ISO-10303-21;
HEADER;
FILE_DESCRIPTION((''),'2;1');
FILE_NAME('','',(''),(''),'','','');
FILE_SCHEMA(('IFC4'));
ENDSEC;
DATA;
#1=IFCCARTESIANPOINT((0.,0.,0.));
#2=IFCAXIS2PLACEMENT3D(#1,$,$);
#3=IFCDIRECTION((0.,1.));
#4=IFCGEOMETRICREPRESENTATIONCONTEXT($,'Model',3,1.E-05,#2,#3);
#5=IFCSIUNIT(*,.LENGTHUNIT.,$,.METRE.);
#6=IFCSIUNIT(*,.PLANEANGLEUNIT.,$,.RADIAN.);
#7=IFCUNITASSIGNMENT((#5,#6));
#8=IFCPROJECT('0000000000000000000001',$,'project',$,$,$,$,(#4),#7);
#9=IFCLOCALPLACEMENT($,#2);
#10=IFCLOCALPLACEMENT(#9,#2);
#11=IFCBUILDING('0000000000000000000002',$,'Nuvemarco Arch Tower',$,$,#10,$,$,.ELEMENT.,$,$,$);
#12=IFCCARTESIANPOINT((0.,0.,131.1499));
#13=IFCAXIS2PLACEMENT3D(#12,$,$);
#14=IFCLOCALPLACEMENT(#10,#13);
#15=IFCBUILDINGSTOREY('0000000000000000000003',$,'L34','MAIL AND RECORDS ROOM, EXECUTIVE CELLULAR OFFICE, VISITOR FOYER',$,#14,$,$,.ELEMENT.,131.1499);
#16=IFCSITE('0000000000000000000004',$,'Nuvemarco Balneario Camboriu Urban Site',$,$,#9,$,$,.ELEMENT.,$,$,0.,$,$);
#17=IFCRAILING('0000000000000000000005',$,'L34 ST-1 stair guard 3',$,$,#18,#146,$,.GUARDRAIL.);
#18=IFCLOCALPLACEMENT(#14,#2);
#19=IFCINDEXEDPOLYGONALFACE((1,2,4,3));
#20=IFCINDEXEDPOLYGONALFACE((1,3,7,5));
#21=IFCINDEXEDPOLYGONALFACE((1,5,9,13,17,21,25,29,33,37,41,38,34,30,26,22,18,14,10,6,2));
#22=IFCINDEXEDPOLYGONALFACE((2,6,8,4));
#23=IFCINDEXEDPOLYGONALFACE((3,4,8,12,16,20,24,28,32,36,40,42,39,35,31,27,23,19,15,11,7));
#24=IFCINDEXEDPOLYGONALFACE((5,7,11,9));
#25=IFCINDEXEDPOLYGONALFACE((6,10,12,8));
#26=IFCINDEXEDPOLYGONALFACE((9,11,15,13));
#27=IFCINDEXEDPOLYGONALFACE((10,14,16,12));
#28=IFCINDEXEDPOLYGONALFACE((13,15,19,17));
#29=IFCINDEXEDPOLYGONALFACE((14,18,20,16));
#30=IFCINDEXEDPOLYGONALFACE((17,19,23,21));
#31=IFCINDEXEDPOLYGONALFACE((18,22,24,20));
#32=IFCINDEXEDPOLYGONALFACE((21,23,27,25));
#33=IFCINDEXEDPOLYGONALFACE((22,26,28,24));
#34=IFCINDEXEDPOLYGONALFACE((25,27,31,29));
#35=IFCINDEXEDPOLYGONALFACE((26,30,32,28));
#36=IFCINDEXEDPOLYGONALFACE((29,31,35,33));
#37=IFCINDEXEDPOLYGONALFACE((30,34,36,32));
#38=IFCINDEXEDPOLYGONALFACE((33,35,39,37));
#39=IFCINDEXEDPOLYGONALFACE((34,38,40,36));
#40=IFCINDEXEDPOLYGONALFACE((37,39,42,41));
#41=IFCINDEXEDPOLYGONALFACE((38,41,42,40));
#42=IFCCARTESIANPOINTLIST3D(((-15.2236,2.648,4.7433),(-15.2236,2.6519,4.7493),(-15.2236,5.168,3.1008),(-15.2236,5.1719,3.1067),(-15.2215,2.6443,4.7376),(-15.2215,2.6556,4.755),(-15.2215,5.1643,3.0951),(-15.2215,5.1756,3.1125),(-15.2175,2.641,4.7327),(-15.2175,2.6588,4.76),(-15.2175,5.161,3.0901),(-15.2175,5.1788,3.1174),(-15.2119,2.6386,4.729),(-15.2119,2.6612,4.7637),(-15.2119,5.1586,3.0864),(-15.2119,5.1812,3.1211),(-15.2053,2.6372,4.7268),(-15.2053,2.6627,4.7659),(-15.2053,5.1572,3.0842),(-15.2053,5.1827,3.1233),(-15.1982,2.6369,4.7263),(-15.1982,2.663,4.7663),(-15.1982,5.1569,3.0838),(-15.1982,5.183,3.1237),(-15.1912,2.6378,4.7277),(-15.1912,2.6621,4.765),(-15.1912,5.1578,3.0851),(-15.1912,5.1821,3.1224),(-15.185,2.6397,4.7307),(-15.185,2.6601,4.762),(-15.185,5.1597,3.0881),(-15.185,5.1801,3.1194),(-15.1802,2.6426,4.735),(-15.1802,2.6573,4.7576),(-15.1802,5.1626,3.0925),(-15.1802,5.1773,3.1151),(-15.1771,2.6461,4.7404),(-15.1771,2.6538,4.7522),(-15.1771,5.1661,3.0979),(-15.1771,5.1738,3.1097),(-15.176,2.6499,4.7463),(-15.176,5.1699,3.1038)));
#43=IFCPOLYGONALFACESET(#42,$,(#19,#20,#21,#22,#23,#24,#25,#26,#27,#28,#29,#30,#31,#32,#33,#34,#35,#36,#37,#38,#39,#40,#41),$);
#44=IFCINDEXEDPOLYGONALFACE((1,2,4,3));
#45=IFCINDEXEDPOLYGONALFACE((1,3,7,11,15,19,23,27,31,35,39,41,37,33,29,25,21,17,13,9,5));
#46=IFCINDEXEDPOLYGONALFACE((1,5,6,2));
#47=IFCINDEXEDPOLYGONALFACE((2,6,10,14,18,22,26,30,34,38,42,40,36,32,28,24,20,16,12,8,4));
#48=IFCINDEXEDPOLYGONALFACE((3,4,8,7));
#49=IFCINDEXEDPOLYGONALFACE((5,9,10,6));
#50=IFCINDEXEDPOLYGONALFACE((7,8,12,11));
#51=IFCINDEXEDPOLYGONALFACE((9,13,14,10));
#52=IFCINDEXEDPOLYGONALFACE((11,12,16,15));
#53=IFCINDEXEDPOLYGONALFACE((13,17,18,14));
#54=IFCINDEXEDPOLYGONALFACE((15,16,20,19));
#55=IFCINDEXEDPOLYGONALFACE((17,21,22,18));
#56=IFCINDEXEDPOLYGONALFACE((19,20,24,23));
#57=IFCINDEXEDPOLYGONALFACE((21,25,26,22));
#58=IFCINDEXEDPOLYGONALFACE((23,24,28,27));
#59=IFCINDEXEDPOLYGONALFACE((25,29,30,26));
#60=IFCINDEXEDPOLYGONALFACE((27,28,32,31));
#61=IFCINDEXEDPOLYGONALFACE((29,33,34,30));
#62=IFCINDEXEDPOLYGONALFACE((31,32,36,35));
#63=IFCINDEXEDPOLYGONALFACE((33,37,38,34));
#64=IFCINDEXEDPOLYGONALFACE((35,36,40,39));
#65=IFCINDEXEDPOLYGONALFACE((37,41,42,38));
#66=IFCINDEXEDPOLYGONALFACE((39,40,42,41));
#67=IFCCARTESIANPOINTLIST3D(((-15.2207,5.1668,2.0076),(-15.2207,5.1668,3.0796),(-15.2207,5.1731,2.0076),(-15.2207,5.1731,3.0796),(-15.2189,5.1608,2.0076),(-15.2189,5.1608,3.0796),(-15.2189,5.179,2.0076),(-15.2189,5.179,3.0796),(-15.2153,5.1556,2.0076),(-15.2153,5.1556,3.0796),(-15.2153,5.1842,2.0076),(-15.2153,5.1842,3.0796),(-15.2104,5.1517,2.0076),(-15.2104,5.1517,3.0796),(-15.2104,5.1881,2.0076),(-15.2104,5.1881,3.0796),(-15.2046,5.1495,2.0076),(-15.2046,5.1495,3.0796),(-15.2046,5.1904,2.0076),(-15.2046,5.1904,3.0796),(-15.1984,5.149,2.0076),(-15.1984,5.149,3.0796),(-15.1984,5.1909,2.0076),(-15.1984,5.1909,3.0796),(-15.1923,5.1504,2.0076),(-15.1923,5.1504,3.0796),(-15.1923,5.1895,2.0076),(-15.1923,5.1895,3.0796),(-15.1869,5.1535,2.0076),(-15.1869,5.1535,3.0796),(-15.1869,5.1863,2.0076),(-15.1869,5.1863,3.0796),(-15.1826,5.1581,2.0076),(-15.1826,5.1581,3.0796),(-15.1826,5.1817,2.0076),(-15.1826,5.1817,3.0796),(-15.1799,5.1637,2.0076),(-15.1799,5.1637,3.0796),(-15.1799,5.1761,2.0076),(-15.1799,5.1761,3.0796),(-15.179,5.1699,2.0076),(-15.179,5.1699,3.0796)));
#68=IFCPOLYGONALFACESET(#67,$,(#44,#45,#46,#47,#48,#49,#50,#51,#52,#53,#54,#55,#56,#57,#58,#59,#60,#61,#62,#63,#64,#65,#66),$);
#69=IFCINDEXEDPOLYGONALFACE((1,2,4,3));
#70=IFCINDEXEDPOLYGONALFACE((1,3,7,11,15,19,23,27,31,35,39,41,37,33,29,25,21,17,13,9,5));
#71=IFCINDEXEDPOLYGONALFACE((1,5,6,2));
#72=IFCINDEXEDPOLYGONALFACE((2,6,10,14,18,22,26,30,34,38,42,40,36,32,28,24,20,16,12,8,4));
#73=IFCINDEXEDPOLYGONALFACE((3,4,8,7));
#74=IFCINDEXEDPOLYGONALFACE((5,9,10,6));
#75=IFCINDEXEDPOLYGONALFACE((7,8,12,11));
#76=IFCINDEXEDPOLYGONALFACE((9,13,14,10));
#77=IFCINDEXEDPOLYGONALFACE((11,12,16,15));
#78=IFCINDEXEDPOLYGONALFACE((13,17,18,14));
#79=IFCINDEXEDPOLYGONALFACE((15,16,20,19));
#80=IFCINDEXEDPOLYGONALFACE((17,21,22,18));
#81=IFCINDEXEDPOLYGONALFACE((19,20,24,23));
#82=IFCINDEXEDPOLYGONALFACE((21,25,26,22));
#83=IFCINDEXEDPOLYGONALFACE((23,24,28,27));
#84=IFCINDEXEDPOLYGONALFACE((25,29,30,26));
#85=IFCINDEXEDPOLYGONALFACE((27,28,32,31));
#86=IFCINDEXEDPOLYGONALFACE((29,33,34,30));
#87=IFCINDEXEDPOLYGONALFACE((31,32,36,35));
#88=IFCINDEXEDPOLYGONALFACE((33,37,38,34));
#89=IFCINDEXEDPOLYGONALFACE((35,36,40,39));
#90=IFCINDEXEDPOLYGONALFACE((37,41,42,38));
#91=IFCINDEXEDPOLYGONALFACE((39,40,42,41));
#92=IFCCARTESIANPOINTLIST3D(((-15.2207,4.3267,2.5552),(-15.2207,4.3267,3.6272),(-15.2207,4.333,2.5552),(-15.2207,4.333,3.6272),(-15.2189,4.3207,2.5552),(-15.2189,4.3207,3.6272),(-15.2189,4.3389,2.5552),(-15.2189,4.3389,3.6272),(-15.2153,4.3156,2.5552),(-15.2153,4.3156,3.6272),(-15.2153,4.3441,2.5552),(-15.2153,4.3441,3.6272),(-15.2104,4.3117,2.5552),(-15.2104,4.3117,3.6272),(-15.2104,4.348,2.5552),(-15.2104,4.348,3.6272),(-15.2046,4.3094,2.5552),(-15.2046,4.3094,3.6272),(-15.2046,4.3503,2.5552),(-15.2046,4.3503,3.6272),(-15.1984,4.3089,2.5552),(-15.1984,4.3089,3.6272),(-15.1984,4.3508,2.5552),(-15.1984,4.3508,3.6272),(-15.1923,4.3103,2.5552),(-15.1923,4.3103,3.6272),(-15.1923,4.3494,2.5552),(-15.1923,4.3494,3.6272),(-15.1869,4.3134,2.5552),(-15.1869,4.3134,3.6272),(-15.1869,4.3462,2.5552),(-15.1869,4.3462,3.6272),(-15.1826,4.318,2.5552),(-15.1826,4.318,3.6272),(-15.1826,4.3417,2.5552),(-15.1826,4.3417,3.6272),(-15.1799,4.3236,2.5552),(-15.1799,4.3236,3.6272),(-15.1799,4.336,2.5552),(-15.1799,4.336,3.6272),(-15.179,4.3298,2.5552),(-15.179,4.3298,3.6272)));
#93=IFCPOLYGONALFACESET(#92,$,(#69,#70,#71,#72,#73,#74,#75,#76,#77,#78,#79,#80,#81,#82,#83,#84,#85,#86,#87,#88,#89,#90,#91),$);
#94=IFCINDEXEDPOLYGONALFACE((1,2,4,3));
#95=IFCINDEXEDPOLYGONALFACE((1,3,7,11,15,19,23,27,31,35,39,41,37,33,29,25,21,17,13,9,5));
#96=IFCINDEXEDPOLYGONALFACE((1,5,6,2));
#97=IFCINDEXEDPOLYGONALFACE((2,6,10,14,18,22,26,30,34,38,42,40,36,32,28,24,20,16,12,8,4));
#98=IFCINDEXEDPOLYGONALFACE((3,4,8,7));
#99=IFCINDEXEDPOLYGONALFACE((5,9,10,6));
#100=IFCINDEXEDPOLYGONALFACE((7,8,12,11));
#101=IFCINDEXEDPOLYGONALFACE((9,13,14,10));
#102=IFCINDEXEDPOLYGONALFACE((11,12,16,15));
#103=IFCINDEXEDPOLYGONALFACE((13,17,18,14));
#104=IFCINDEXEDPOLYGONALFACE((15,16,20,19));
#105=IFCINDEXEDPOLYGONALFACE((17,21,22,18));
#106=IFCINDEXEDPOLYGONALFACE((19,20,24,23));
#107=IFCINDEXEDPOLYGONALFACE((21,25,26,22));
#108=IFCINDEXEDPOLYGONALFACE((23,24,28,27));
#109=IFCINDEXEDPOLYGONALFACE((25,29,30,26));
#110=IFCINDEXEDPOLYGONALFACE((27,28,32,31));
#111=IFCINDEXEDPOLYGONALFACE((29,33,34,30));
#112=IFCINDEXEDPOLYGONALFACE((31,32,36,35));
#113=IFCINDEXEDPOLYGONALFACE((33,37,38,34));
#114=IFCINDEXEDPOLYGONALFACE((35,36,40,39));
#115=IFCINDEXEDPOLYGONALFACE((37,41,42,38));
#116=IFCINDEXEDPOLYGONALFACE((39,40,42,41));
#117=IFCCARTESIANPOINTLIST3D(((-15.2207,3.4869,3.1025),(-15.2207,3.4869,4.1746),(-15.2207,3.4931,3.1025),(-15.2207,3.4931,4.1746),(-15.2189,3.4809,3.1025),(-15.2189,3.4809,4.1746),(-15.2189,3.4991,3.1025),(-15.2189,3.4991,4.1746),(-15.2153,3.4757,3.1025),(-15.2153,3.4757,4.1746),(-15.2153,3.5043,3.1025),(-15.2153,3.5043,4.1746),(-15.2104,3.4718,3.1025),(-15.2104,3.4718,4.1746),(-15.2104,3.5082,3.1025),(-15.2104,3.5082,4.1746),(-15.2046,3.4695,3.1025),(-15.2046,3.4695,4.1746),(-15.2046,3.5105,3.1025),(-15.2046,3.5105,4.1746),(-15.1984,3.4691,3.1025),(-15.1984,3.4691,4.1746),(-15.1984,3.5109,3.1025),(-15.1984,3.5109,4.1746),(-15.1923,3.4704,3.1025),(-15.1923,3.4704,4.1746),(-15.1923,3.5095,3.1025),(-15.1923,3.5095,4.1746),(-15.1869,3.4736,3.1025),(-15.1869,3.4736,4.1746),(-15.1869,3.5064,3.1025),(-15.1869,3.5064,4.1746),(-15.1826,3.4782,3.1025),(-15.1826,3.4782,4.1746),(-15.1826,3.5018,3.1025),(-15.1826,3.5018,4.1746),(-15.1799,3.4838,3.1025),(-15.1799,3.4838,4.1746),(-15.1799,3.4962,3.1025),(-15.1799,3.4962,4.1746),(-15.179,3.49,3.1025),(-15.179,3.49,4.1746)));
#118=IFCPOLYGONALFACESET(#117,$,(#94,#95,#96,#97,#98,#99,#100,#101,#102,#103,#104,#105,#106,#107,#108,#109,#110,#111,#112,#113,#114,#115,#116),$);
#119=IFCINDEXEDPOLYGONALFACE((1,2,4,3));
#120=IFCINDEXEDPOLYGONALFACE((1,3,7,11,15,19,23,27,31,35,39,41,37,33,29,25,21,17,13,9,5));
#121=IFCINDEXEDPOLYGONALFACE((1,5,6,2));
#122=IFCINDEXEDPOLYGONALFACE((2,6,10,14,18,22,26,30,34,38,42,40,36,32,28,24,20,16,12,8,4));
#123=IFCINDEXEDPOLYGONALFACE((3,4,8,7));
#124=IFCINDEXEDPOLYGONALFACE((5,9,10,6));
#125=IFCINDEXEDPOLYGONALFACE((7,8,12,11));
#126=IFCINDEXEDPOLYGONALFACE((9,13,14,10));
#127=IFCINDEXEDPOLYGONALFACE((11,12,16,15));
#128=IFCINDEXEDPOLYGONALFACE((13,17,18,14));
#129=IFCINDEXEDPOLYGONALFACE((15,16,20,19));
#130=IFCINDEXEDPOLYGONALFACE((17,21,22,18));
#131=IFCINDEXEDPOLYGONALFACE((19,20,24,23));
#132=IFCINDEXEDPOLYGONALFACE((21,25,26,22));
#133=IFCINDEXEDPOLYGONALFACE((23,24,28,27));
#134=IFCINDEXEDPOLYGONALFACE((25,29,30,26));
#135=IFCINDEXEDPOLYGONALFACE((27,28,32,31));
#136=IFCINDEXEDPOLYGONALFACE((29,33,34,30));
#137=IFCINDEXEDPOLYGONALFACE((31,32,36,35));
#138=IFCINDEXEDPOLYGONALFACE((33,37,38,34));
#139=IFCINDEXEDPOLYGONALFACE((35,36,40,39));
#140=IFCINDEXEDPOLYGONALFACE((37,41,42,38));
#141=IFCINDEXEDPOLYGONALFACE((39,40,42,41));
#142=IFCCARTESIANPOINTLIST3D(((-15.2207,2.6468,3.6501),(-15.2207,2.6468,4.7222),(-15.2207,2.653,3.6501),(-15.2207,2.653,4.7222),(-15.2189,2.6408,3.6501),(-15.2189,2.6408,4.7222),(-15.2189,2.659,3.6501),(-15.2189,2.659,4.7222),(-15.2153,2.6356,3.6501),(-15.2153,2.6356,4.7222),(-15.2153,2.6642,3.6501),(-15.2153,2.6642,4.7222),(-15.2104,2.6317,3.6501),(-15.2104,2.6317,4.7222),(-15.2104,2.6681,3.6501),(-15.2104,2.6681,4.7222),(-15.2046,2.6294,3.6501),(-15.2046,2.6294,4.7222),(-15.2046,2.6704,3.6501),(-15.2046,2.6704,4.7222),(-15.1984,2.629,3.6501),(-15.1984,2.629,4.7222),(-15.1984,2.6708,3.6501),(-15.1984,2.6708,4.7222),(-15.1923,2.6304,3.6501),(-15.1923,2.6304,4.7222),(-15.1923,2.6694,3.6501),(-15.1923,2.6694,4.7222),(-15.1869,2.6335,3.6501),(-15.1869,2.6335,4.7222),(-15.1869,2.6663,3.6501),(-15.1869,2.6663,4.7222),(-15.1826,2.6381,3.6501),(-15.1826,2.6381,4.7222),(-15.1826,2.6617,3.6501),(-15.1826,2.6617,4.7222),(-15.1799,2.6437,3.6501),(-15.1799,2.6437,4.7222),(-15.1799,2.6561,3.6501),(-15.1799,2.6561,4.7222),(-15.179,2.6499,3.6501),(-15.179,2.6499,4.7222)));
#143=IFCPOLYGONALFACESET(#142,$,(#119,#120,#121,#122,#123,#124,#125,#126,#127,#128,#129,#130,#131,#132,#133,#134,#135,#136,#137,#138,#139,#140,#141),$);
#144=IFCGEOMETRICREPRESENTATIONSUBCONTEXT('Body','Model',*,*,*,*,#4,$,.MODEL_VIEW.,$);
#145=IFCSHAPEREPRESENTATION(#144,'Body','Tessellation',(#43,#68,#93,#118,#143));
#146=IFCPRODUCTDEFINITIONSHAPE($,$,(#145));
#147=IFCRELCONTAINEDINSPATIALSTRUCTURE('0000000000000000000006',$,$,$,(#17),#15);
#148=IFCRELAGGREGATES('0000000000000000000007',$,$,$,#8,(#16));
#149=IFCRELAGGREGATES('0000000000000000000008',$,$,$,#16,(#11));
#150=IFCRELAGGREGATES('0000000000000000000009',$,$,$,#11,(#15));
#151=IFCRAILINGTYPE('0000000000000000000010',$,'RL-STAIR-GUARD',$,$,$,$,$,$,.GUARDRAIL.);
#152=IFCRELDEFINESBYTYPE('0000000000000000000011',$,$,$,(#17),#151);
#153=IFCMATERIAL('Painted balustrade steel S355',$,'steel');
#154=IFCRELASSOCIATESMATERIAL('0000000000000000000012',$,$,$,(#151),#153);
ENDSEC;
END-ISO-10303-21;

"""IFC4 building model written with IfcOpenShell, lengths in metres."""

from ifc_helpers import new_model, si_unit, direction, frame, origin, origin_2d, place, context, subcontext, project, spatial, circle, extrude, material, type_object, element, save


model = new_model("IFC4")

# Units and contexts
model_context = context("Model", 3, precision=1e-05, world=origin(), true_north=direction((0.0, 1.0)))
body_context = subcontext(model_context, "Body", "Model", "MODEL_VIEW")
ifc_project = project(units=[si_unit("LENGTHUNIT", "METRE"), si_unit("PLANEANGLEUNIT", "RADIAN")], contexts=[model_context])

# Site, building, storey
site_placement = place(None, origin())
site = spatial("IfcSite", under=ifc_project, at=site_placement, Name="Nuvemarco Balneario Camboriu Urban Site", CompositionType="ELEMENT", RefElevation=0.0)
building_placement = place(site_placement, origin())
building = spatial("IfcBuilding", under=site, at=building_placement, Name="Nuvemarco Arch Tower", CompositionType="ELEMENT")
storey_placement = place(building_placement, frame((0.0, 0.0, 131.1499)))
storey = spatial("IfcBuildingStorey", under=building, at=storey_placement, Name="L34", Description="MAIL AND RECORDS ROOM, EXECUTIVE CELLULAR OFFICE, VISITOR FOYER", CompositionType="ELEMENT", Elevation=131.1499)

# Railing
ifc_material_1 = material(Name="Painted balustrade steel S355", Category="steel")
railing_type_1 = type_object("IfcRailingType", Name="RL-STAIR-GUARD", PredefinedType="GUARDRAIL", material=ifc_material_1)
railing_1_placement = place(storey_placement, frame((-15.2, 5.1699, 2.0076)))
element("IfcRailing", 1, at=railing_1_placement, inside=storey, type_object=railing_type_1, Name="L34 ST-1 stair guard 3", PredefinedType="GUARDRAIL", context=body_context, shape_type="SweptSolid", body=[
    extrude(circle(Radius=0.0239, at=origin_2d()), frame((0.0, 0.0, 1.0962), z_axis=(0.0, -0.837749, 0.546055), x_axis=(1.0, 0.0, 0.0)), (0.0, 0.0, 1.0), 3.0081),
    extrude(circle(Radius=0.021, at=origin_2d()), origin(), (0.0, 0.0, 1.0), 1.072),
    extrude(circle(Radius=0.021, at=origin_2d()), frame((0.0, -0.8401, 0.5476)), (0.0, 0.0, 1.0), 1.072),
    extrude(circle(Radius=0.021, at=origin_2d()), frame((0.0, -1.6799, 1.095)), (0.0, 0.0, 1.0), 1.072),
    extrude(circle(Radius=0.021, at=origin_2d()), frame((0.0, -2.52, 1.6426)), (0.0, 0.0, 1.0), 1.072),
])

save(model, "model.ifc")
